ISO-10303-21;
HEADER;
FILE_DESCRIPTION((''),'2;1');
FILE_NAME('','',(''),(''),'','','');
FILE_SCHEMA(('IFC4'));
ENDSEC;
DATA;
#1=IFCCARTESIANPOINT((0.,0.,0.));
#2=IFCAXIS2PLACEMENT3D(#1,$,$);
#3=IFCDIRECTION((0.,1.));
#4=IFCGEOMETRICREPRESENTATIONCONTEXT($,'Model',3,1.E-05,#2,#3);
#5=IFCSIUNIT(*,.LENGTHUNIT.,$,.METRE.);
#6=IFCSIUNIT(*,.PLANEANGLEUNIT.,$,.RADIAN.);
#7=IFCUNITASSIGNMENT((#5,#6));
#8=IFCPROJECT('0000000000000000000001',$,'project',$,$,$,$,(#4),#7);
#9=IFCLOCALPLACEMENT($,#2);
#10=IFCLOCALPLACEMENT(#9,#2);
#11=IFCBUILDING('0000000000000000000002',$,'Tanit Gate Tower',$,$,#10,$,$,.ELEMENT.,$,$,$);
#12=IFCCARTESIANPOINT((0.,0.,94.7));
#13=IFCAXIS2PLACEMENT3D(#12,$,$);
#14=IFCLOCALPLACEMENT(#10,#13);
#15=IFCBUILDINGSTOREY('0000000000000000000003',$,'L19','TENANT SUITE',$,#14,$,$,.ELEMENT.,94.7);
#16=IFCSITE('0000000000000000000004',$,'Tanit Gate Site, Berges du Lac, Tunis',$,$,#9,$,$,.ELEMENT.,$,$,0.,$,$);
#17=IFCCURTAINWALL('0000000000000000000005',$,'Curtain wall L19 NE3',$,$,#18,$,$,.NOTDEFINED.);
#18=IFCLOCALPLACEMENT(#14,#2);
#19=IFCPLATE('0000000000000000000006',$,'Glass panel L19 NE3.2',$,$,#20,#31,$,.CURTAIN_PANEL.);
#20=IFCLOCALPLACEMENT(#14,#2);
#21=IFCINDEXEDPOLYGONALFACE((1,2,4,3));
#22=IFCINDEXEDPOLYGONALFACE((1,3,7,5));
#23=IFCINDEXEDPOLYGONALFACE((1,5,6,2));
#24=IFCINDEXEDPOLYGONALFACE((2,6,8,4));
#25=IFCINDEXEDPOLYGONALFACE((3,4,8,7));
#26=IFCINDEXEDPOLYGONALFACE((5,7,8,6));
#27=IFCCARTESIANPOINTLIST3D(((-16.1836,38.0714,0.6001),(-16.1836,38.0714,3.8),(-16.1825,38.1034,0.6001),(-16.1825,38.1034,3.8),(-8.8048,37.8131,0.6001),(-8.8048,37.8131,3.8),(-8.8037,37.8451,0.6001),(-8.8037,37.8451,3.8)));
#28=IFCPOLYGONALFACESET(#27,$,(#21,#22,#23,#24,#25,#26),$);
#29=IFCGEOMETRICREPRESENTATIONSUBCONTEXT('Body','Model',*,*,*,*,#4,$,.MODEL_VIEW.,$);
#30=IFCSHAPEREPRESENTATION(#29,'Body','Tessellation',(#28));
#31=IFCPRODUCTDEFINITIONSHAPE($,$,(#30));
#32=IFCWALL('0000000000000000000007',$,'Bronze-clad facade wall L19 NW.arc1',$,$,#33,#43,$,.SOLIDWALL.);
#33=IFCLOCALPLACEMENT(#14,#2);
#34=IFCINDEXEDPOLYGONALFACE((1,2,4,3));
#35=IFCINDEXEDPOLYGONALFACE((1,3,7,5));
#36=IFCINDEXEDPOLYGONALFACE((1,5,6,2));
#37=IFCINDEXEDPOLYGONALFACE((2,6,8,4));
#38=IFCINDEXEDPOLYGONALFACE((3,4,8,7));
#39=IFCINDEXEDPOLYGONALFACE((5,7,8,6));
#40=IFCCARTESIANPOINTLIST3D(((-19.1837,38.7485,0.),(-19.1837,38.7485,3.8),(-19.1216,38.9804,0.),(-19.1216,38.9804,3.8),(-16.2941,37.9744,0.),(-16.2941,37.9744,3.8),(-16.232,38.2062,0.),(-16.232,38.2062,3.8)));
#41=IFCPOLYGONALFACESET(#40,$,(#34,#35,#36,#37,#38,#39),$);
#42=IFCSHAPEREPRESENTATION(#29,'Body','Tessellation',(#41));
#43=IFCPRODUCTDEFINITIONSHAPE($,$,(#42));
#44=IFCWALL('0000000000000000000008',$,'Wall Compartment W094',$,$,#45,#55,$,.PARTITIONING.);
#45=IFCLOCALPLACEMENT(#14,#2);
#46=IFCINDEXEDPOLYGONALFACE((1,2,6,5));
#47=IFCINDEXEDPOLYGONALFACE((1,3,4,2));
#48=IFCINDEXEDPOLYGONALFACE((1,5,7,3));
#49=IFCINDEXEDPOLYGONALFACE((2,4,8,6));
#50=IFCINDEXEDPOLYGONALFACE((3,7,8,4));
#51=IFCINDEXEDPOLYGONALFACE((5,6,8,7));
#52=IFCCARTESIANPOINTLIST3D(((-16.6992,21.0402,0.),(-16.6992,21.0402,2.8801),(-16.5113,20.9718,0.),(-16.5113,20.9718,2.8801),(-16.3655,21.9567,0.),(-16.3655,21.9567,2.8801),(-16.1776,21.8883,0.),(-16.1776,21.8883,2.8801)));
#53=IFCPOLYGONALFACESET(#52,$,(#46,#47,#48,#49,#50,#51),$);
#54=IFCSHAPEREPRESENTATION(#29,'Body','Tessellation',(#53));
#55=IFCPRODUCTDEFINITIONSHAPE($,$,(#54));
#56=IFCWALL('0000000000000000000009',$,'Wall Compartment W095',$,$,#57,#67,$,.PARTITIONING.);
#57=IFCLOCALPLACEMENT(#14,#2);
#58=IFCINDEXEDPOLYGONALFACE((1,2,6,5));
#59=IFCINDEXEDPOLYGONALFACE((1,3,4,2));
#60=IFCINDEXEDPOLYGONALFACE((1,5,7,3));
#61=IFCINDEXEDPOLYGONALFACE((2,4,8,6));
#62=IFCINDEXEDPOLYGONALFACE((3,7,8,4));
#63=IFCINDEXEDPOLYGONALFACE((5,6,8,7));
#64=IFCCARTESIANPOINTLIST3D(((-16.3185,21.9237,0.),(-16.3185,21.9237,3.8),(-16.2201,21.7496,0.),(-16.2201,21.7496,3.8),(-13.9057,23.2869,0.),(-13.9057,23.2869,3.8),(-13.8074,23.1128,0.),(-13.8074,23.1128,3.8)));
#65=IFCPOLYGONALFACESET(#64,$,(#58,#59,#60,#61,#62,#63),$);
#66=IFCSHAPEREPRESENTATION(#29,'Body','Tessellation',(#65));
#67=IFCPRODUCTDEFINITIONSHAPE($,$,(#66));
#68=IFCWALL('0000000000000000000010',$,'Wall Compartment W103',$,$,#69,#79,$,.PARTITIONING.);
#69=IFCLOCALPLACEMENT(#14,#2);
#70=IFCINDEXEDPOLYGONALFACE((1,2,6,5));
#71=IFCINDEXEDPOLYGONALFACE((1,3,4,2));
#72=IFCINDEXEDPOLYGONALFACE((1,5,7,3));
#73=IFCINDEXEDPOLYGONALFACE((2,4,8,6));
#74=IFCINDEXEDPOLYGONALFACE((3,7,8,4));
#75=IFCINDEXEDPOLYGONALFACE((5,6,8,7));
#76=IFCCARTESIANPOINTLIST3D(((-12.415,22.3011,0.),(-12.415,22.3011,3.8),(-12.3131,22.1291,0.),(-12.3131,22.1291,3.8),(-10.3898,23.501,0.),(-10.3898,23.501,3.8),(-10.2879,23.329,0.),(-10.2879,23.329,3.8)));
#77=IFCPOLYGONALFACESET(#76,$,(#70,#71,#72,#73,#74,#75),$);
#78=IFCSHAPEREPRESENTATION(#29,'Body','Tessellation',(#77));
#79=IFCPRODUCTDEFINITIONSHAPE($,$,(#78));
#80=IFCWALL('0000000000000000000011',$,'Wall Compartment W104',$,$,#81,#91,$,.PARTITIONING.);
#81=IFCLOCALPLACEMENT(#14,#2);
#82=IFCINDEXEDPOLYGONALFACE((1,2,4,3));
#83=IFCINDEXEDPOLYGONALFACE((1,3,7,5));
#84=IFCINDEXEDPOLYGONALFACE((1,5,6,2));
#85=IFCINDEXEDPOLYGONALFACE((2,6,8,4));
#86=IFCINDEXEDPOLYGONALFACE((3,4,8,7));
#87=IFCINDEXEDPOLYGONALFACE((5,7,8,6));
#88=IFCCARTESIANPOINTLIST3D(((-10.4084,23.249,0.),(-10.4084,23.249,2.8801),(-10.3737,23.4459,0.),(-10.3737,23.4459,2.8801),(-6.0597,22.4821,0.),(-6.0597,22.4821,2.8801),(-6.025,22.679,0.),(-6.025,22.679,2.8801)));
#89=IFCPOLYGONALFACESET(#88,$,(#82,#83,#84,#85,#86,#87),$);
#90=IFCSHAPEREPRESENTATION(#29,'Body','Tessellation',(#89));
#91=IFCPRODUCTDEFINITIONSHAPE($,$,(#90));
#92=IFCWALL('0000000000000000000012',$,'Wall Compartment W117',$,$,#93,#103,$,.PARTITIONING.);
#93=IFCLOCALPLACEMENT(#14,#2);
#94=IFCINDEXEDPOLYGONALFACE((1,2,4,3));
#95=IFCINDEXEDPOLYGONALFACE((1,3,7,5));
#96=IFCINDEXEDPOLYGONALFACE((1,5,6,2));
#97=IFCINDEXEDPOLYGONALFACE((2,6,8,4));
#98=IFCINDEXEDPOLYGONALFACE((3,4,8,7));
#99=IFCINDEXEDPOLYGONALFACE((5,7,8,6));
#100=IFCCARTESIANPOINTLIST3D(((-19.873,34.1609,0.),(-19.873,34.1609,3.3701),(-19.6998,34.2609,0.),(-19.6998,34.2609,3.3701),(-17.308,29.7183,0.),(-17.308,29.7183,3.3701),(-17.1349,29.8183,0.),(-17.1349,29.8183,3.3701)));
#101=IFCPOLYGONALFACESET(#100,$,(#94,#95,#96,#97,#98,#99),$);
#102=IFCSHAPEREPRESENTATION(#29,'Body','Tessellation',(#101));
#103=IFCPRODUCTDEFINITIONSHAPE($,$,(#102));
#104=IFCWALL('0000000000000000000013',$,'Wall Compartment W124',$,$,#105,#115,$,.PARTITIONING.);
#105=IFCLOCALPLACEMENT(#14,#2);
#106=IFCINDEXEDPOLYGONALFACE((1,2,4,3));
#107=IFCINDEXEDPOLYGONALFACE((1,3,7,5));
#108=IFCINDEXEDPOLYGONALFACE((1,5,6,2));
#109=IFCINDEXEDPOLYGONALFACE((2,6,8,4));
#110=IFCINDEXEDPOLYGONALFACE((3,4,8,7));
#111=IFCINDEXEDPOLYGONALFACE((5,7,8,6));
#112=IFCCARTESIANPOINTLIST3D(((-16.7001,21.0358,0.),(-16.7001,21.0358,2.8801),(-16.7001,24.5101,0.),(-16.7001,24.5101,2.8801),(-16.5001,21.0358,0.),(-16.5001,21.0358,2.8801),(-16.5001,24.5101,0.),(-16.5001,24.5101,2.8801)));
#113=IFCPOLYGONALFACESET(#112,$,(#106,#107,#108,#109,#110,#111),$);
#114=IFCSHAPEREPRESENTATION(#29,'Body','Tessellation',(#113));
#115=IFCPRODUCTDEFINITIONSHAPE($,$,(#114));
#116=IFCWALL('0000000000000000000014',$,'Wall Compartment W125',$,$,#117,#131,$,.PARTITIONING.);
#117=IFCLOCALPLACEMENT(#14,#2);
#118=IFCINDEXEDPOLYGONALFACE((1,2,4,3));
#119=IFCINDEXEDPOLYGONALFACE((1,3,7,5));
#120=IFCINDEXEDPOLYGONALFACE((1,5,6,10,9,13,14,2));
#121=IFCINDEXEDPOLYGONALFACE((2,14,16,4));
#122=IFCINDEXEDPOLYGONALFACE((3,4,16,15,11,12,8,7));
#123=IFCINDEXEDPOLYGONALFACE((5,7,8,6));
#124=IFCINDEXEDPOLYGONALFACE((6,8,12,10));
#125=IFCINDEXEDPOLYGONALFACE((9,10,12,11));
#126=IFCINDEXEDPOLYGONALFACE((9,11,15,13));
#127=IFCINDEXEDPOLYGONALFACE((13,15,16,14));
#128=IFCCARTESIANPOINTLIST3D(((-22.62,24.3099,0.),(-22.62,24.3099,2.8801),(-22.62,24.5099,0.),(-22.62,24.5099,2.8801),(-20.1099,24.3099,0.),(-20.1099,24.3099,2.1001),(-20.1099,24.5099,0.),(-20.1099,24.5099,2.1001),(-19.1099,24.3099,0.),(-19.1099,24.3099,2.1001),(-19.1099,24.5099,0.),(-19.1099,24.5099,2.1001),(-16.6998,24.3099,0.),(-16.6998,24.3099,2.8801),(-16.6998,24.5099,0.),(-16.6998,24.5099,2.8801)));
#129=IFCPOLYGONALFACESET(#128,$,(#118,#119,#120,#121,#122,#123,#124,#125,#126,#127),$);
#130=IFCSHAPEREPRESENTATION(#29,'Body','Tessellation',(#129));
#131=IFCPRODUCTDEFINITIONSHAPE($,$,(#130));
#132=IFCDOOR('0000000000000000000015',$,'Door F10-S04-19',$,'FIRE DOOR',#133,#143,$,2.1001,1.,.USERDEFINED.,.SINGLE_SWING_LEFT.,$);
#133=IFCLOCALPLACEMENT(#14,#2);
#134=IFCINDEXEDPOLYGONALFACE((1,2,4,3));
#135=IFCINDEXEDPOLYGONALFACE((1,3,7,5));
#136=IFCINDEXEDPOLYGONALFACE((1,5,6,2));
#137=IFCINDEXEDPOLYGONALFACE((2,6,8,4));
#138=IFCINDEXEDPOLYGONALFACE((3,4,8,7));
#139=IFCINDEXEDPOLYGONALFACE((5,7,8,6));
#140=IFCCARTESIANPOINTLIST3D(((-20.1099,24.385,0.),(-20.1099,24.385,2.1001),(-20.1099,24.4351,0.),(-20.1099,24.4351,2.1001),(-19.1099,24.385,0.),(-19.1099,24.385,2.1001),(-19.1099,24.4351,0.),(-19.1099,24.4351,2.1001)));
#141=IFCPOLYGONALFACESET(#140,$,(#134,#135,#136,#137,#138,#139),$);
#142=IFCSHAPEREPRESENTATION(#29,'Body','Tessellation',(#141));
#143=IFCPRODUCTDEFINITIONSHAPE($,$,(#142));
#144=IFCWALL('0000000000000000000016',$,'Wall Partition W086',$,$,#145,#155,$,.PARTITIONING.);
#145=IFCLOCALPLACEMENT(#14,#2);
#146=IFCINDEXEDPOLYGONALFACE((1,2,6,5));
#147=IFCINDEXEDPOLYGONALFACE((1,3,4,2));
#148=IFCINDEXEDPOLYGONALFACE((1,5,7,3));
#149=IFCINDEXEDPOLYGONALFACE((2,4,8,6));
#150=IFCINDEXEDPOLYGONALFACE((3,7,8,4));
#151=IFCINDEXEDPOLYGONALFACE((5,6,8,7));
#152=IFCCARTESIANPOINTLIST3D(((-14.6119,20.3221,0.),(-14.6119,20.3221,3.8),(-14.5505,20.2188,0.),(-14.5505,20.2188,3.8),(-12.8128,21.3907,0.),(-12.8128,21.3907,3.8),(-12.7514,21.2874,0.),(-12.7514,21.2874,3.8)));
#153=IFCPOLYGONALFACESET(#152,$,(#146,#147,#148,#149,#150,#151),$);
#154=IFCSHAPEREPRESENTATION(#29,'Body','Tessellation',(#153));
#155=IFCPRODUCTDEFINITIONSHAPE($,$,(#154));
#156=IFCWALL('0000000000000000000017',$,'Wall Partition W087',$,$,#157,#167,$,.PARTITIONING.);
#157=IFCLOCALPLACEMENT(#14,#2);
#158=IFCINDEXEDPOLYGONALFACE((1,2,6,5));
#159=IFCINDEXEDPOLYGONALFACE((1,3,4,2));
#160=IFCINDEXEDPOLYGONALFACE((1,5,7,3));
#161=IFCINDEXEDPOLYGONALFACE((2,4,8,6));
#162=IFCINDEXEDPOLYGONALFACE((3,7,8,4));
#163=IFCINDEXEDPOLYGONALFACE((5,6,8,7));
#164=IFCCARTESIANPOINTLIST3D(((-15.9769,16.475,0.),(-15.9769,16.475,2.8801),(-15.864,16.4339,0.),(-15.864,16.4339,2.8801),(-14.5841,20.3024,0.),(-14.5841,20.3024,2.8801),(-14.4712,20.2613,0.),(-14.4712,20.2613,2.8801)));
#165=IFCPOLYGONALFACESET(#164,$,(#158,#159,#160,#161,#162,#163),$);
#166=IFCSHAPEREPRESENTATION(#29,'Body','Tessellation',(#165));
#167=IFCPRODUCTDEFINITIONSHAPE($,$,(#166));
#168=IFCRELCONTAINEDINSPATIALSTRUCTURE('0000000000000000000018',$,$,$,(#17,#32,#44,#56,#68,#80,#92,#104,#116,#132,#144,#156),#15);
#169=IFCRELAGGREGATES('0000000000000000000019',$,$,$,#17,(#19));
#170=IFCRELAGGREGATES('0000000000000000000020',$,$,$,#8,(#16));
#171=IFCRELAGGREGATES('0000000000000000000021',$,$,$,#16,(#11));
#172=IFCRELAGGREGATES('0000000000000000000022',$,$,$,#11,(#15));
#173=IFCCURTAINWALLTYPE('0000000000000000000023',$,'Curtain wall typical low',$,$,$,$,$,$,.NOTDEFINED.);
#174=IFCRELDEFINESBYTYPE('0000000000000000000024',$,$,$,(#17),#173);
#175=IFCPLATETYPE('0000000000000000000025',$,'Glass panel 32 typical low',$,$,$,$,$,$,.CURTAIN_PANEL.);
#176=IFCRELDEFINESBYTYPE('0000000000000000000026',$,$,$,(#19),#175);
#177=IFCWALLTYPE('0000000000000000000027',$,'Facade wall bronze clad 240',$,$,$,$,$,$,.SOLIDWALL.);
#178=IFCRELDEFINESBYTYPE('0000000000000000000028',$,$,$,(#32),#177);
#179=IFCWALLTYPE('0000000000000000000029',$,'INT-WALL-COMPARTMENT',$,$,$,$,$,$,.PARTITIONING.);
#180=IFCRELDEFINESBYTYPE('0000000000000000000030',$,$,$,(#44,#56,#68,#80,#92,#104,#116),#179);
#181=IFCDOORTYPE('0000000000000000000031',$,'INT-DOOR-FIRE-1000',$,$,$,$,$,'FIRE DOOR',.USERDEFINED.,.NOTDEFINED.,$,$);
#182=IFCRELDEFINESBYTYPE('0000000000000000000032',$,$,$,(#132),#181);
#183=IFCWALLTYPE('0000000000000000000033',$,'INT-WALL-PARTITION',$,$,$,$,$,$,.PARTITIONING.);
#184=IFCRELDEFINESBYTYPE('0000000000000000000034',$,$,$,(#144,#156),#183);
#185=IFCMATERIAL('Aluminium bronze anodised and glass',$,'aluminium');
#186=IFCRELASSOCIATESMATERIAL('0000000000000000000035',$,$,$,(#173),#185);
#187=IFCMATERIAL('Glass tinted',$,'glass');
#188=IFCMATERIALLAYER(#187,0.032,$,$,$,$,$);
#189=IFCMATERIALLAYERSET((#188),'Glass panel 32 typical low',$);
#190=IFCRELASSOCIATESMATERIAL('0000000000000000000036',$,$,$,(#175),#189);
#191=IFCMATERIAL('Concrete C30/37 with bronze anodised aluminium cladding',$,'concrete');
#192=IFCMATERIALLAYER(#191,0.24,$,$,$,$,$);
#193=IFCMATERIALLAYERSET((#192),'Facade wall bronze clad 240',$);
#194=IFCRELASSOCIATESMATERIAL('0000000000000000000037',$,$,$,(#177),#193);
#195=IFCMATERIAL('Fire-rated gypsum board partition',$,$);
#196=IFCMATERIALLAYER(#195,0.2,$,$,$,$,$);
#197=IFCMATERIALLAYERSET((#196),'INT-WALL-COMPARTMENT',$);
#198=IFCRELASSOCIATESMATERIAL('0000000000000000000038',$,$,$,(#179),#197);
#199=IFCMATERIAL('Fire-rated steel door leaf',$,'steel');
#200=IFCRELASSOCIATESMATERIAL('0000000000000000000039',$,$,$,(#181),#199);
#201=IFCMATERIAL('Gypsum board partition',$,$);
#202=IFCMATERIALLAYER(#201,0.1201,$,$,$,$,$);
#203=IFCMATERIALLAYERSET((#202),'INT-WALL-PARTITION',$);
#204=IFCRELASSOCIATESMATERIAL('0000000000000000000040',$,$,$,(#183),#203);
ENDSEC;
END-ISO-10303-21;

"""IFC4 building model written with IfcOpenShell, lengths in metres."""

from ifc_helpers import new_model, si_unit, direction, frame, frame_2d, origin, origin_2d, place, context, subcontext, project, spatial, rectangle, extrude, material, layer, layer_set, type_object, element, fill, aggregate, save


model = new_model("IFC4")

# Units and contexts
model_context = context("Model", 3, precision=1e-05, world=origin(), true_north=direction((0.0, 1.0)))
body_context = subcontext(model_context, "Body", "Model", "MODEL_VIEW")
ifc_project = project(units=[si_unit("LENGTHUNIT", "METRE"), si_unit("PLANEANGLEUNIT", "RADIAN")], contexts=[model_context])

# Site, building, storey
site_placement = place(None, origin())
site = spatial("IfcSite", under=ifc_project, at=site_placement, Name="Tanit Gate Site, Berges du Lac, Tunis", CompositionType="ELEMENT", RefElevation=0.0)
building_placement = place(site_placement, origin())
building = spatial("IfcBuilding", under=site, at=building_placement, Name="Tanit Gate Tower", CompositionType="ELEMENT")
storey_placement = place(building_placement, frame((0.0, 0.0, 94.7)))
storey = spatial("IfcBuildingStorey", under=building, at=storey_placement, Name="L19", Description="TENANT SUITE", CompositionType="ELEMENT", Elevation=94.7)

# Curtain wall
ifc_material_1 = material(Name="Aluminium bronze anodised and glass", Category="aluminium")
curtain_wall_type = type_object("IfcCurtainWallType", Name="Curtain wall typical low", PredefinedType="NOTDEFINED", material=ifc_material_1)
curtain_wall_placement = place(storey_placement, origin())
curtain_wall = element("IfcCurtainWall", 1, at=curtain_wall_placement, inside=storey, type_object=curtain_wall_type, Name="Curtain wall L19 NE3", PredefinedType="NOTDEFINED")

# Plate
ifc_material_2 = material(Name="Glass tinted", Category="glass")
ifc_layer_1 = layer(ifc_material_2, 0.032)
ifc_layer_set_1 = layer_set([ifc_layer_1], Name="Glass panel 32 typical low")
plate_type = type_object("IfcPlateType", Name="Glass panel 32 typical low", PredefinedType="CURTAIN_PANEL", material=ifc_layer_set_1)
plate_1_placement = place(storey_placement, frame((-12.4937, 37.9583, 0.6001), z_axis=(0.0, 0.0, 1.0), x_axis=(-0.999388, 0.034985, 0.0)))
plate_1 = element("IfcPlate", 2, at=plate_1_placement, type_object=plate_type, Name="Glass panel L19 NE3.2", PredefinedType="CURTAIN_PANEL", context=body_context, shape_type="SweptSolid", body=[
    extrude(rectangle(XDim=7.3833, YDim=0.032, at=origin_2d()), origin(), (0.0, 0.0, 1.0), 3.2),
])
aggregate(curtain_wall, [plate_1])

# Walls
ifc_material_3 = material(Name="Concrete C30/37 with bronze anodised aluminium cladding", Category="concrete")
ifc_layer_2 = layer(ifc_material_3, 0.24)
ifc_layer_set_2 = layer_set([ifc_layer_2], Name="Facade wall bronze clad 240")
wall_type_1 = type_object("IfcWallType", Name="Facade wall bronze clad 240", PredefinedType="SOLIDWALL", material=ifc_layer_set_2)
wall_1_placement = place(storey_placement, frame((-16.2632, 38.0903, 0.0), z_axis=(0.0, 0.0, 1.0), x_axis=(-0.965935, 0.258785, 0.0)))
element("IfcWall", 3, at=wall_1_placement, inside=storey, type_object=wall_type_1, Name="Bronze-clad facade wall L19 NW.arc1", PredefinedType="SOLIDWALL", context=body_context, shape_type="SweptSolid", body=[
    extrude(rectangle(XDim=2.9915, YDim=0.24, at=frame_2d((1.4956, 0.0))), origin(), (0.0, 0.0, 1.0), 3.8),
])
ifc_material_4 = material(Name="Fire-rated gypsum board partition")
ifc_layer_3 = layer(ifc_material_4, 0.2)
ifc_layer_set_3 = layer_set([ifc_layer_3], Name="INT-WALL-COMPARTMENT")
wall_type_2 = type_object("IfcWallType", Name="INT-WALL-COMPARTMENT", PredefinedType="PARTITIONING", material=ifc_layer_set_3)
wall_2_placement = place(storey_placement, frame((-16.2715, 21.9226, 0.0), z_axis=(0.0, 0.0, 1.0), x_axis=(-0.342165, -0.93964, 0.0)))
element("IfcWall", 4, at=wall_2_placement, inside=storey, type_object=wall_type_2, Name="Wall Compartment W094", PredefinedType="PARTITIONING", context=body_context, shape_type="SweptSolid", body=[
    extrude(rectangle(XDim=0.9753, YDim=0.2, at=frame_2d((0.4878, 0.0))), origin(), (0.0, 0.0, 1.0), 2.8801),
])
wall_3_placement = place(storey_placement, frame((-13.8564, 23.2, 0.0), z_axis=(0.0, 0.0, 1.0), x_axis=(-0.87064, -0.491921, 0.0)))
element("IfcWall", 5, at=wall_3_placement, inside=storey, type_object=wall_type_2, Name="Wall Compartment W095", PredefinedType="PARTITIONING", context=body_context, shape_type="SweptSolid", body=[
    extrude(rectangle(XDim=2.7712, YDim=0.2, at=frame_2d((1.3857, 0.0))), origin(), (0.0, 0.0, 1.0), 3.8),
])
wall_4_placement = place(storey_placement, frame((-10.3389, 23.415, 0.0), z_axis=(0.0, 0.0, 1.0), x_axis=(-0.860317, -0.50976, 0.0)))
element("IfcWall", 6, at=wall_4_placement, inside=storey, type_object=wall_type_2, Name="Wall Compartment W103", PredefinedType="PARTITIONING", context=body_context, shape_type="SweptSolid", body=[
    extrude(rectangle(XDim=2.354, YDim=0.2, at=frame_2d((1.177, 0.0))), origin(), (0.0, 0.0, 1.0), 3.8),
])
wall_5_placement = place(storey_placement, frame((-6.0422, 22.5806, 0.0), z_axis=(0.0, 0.0, 1.0), x_axis=(-0.984805, 0.173662, 0.0)))
element("IfcWall", 7, at=wall_5_placement, inside=storey, type_object=wall_type_2, Name="Wall Compartment W104", PredefinedType="PARTITIONING", context=body_context, shape_type="SweptSolid", body=[
    extrude(rectangle(XDim=4.4158, YDim=0.2, at=frame_2d((2.208, 0.0))), origin(), (0.0, 0.0, 1.0), 2.8801),
])
wall_6_placement = place(storey_placement, frame((-17.2214, 29.7683, 0.0), z_axis=(0.0, 0.0, 1.0), x_axis=(-0.499998, 0.866026, 0.0)))
element("IfcWall", 8, at=wall_6_placement, inside=storey, type_object=wall_type_2, Name="Wall Compartment W117", PredefinedType="PARTITIONING", context=body_context, shape_type="SweptSolid", body=[
    extrude(rectangle(XDim=5.1299, YDim=0.2, at=frame_2d((2.5649, 0.0))), origin(), (0.0, 0.0, 1.0), 3.3701),
])
wall_7_placement = place(storey_placement, frame((-16.6001, 21.0356, 0.0), z_axis=(0.0, 0.0, 1.0), x_axis=(0.0, 1.0, 0.0)))
element("IfcWall", 9, at=wall_7_placement, inside=storey, type_object=wall_type_2, Name="Wall Compartment W124", PredefinedType="PARTITIONING", context=body_context, shape_type="SweptSolid", body=[
    extrude(rectangle(XDim=3.4744, YDim=0.2, at=frame_2d((1.7373, 0.0))), origin(), (0.0, 0.0, 1.0), 2.8801),
])

# Wall, opening, door
wall_8_placement = place(storey_placement, frame((-16.7, 24.4099, 0.0), z_axis=(0.0, 0.0, 1.0), x_axis=(-1.0, 0.0, 0.0)))
wall_8 = element("IfcWall", 10, at=wall_8_placement, inside=storey, type_object=wall_type_2, Name="Wall Compartment W125", PredefinedType="PARTITIONING", context=body_context, shape_type="SweptSolid", body=[
    extrude(rectangle(XDim=5.9202, YDim=0.2, at=frame_2d((2.96, 0.0))), origin(), (0.0, 0.0, 1.0), 2.8801),
])
opening_1_placement = place(wall_8_placement, frame((2.4099, 0.0, 0.0)))
opening_1 = element("IfcOpeningElement", 11, at=opening_1_placement, cuts=wall_8, PredefinedType="OPENING", context=body_context, shape_type="SweptSolid", body=[
    extrude(rectangle(XDim=1.0, YDim=2.1001, at=frame_2d((0.5, 1.05))), frame((0.0, 0.1099, 0.0), z_axis=(0.0, -1.0, 0.0), x_axis=(1.0, 0.0, 0.0)), (0.0, 0.0, 1.0), 0.22),
])
ifc_material_5 = material(Name="Fire-rated steel door leaf", Category="steel")
door_type_1 = type_object("IfcDoorType", Name="INT-DOOR-FIRE-1000", ElementType="FIRE DOOR", OperationType="NOTDEFINED", PredefinedType="USERDEFINED", material=ifc_material_5)
door_1_placement = place(opening_1_placement, origin())
door_1 = element("IfcDoor", 12, at=door_1_placement, inside=storey, type_object=door_type_1, Name="Door F10-S04-19", ObjectType="FIRE DOOR", OperationType="SINGLE_SWING_LEFT", OverallHeight=2.1001, OverallWidth=1.0, PredefinedType="USERDEFINED", context=body_context, shape_type="SweptSolid", body=[
    extrude(rectangle(XDim=1.0, YDim=2.1001, at=frame_2d((0.5, 1.05))), frame((0.0, 0.0249, 0.0), z_axis=(0.0, -1.0, 0.0), x_axis=(1.0, 0.0, 0.0)), (0.0, 0.0, 1.0), 0.05),
])
fill(opening_1, door_1)

# Walls
ifc_material_6 = material(Name="Gypsum board partition")
ifc_layer_4 = layer(ifc_material_6, 0.1201)
ifc_layer_set_4 = layer_set([ifc_layer_4], Name="INT-WALL-PARTITION")
wall_type_3 = type_object("IfcWallType", Name="INT-WALL-PARTITION", PredefinedType="PARTITIONING", material=ifc_layer_set_4)
wall_9_placement = place(storey_placement, frame((-12.782, 21.3391, 0.0), z_axis=(0.0, 0.0, 1.0), x_axis=(-0.85977, -0.510682, 0.0)))
element("IfcWall", 13, at=wall_9_placement, inside=storey, type_object=wall_type_3, Name="Wall Partition W086", PredefinedType="PARTITIONING", context=body_context, shape_type="SweptSolid", body=[
    extrude(rectangle(XDim=2.0925, YDim=0.1201, at=frame_2d((1.0464, 0.0))), origin(), (0.0, 0.0, 1.0), 3.8),
])
wall_10_placement = place(storey_placement, frame((-14.5276, 20.282, 0.0), z_axis=(0.0, 0.0, 1.0), x_axis=(-0.341969, -0.939711, 0.0)))
element("IfcWall", 14, at=wall_10_placement, inside=storey, type_object=wall_type_3, Name="Wall Partition W087", PredefinedType="PARTITIONING", context=body_context, shape_type="SweptSolid", body=[
    extrude(rectangle(XDim=4.073, YDim=0.1201, at=frame_2d((2.0366, 0.0))), origin(), (0.0, 0.0, 1.0), 2.8801),
])

save(model, "model.ifc")
